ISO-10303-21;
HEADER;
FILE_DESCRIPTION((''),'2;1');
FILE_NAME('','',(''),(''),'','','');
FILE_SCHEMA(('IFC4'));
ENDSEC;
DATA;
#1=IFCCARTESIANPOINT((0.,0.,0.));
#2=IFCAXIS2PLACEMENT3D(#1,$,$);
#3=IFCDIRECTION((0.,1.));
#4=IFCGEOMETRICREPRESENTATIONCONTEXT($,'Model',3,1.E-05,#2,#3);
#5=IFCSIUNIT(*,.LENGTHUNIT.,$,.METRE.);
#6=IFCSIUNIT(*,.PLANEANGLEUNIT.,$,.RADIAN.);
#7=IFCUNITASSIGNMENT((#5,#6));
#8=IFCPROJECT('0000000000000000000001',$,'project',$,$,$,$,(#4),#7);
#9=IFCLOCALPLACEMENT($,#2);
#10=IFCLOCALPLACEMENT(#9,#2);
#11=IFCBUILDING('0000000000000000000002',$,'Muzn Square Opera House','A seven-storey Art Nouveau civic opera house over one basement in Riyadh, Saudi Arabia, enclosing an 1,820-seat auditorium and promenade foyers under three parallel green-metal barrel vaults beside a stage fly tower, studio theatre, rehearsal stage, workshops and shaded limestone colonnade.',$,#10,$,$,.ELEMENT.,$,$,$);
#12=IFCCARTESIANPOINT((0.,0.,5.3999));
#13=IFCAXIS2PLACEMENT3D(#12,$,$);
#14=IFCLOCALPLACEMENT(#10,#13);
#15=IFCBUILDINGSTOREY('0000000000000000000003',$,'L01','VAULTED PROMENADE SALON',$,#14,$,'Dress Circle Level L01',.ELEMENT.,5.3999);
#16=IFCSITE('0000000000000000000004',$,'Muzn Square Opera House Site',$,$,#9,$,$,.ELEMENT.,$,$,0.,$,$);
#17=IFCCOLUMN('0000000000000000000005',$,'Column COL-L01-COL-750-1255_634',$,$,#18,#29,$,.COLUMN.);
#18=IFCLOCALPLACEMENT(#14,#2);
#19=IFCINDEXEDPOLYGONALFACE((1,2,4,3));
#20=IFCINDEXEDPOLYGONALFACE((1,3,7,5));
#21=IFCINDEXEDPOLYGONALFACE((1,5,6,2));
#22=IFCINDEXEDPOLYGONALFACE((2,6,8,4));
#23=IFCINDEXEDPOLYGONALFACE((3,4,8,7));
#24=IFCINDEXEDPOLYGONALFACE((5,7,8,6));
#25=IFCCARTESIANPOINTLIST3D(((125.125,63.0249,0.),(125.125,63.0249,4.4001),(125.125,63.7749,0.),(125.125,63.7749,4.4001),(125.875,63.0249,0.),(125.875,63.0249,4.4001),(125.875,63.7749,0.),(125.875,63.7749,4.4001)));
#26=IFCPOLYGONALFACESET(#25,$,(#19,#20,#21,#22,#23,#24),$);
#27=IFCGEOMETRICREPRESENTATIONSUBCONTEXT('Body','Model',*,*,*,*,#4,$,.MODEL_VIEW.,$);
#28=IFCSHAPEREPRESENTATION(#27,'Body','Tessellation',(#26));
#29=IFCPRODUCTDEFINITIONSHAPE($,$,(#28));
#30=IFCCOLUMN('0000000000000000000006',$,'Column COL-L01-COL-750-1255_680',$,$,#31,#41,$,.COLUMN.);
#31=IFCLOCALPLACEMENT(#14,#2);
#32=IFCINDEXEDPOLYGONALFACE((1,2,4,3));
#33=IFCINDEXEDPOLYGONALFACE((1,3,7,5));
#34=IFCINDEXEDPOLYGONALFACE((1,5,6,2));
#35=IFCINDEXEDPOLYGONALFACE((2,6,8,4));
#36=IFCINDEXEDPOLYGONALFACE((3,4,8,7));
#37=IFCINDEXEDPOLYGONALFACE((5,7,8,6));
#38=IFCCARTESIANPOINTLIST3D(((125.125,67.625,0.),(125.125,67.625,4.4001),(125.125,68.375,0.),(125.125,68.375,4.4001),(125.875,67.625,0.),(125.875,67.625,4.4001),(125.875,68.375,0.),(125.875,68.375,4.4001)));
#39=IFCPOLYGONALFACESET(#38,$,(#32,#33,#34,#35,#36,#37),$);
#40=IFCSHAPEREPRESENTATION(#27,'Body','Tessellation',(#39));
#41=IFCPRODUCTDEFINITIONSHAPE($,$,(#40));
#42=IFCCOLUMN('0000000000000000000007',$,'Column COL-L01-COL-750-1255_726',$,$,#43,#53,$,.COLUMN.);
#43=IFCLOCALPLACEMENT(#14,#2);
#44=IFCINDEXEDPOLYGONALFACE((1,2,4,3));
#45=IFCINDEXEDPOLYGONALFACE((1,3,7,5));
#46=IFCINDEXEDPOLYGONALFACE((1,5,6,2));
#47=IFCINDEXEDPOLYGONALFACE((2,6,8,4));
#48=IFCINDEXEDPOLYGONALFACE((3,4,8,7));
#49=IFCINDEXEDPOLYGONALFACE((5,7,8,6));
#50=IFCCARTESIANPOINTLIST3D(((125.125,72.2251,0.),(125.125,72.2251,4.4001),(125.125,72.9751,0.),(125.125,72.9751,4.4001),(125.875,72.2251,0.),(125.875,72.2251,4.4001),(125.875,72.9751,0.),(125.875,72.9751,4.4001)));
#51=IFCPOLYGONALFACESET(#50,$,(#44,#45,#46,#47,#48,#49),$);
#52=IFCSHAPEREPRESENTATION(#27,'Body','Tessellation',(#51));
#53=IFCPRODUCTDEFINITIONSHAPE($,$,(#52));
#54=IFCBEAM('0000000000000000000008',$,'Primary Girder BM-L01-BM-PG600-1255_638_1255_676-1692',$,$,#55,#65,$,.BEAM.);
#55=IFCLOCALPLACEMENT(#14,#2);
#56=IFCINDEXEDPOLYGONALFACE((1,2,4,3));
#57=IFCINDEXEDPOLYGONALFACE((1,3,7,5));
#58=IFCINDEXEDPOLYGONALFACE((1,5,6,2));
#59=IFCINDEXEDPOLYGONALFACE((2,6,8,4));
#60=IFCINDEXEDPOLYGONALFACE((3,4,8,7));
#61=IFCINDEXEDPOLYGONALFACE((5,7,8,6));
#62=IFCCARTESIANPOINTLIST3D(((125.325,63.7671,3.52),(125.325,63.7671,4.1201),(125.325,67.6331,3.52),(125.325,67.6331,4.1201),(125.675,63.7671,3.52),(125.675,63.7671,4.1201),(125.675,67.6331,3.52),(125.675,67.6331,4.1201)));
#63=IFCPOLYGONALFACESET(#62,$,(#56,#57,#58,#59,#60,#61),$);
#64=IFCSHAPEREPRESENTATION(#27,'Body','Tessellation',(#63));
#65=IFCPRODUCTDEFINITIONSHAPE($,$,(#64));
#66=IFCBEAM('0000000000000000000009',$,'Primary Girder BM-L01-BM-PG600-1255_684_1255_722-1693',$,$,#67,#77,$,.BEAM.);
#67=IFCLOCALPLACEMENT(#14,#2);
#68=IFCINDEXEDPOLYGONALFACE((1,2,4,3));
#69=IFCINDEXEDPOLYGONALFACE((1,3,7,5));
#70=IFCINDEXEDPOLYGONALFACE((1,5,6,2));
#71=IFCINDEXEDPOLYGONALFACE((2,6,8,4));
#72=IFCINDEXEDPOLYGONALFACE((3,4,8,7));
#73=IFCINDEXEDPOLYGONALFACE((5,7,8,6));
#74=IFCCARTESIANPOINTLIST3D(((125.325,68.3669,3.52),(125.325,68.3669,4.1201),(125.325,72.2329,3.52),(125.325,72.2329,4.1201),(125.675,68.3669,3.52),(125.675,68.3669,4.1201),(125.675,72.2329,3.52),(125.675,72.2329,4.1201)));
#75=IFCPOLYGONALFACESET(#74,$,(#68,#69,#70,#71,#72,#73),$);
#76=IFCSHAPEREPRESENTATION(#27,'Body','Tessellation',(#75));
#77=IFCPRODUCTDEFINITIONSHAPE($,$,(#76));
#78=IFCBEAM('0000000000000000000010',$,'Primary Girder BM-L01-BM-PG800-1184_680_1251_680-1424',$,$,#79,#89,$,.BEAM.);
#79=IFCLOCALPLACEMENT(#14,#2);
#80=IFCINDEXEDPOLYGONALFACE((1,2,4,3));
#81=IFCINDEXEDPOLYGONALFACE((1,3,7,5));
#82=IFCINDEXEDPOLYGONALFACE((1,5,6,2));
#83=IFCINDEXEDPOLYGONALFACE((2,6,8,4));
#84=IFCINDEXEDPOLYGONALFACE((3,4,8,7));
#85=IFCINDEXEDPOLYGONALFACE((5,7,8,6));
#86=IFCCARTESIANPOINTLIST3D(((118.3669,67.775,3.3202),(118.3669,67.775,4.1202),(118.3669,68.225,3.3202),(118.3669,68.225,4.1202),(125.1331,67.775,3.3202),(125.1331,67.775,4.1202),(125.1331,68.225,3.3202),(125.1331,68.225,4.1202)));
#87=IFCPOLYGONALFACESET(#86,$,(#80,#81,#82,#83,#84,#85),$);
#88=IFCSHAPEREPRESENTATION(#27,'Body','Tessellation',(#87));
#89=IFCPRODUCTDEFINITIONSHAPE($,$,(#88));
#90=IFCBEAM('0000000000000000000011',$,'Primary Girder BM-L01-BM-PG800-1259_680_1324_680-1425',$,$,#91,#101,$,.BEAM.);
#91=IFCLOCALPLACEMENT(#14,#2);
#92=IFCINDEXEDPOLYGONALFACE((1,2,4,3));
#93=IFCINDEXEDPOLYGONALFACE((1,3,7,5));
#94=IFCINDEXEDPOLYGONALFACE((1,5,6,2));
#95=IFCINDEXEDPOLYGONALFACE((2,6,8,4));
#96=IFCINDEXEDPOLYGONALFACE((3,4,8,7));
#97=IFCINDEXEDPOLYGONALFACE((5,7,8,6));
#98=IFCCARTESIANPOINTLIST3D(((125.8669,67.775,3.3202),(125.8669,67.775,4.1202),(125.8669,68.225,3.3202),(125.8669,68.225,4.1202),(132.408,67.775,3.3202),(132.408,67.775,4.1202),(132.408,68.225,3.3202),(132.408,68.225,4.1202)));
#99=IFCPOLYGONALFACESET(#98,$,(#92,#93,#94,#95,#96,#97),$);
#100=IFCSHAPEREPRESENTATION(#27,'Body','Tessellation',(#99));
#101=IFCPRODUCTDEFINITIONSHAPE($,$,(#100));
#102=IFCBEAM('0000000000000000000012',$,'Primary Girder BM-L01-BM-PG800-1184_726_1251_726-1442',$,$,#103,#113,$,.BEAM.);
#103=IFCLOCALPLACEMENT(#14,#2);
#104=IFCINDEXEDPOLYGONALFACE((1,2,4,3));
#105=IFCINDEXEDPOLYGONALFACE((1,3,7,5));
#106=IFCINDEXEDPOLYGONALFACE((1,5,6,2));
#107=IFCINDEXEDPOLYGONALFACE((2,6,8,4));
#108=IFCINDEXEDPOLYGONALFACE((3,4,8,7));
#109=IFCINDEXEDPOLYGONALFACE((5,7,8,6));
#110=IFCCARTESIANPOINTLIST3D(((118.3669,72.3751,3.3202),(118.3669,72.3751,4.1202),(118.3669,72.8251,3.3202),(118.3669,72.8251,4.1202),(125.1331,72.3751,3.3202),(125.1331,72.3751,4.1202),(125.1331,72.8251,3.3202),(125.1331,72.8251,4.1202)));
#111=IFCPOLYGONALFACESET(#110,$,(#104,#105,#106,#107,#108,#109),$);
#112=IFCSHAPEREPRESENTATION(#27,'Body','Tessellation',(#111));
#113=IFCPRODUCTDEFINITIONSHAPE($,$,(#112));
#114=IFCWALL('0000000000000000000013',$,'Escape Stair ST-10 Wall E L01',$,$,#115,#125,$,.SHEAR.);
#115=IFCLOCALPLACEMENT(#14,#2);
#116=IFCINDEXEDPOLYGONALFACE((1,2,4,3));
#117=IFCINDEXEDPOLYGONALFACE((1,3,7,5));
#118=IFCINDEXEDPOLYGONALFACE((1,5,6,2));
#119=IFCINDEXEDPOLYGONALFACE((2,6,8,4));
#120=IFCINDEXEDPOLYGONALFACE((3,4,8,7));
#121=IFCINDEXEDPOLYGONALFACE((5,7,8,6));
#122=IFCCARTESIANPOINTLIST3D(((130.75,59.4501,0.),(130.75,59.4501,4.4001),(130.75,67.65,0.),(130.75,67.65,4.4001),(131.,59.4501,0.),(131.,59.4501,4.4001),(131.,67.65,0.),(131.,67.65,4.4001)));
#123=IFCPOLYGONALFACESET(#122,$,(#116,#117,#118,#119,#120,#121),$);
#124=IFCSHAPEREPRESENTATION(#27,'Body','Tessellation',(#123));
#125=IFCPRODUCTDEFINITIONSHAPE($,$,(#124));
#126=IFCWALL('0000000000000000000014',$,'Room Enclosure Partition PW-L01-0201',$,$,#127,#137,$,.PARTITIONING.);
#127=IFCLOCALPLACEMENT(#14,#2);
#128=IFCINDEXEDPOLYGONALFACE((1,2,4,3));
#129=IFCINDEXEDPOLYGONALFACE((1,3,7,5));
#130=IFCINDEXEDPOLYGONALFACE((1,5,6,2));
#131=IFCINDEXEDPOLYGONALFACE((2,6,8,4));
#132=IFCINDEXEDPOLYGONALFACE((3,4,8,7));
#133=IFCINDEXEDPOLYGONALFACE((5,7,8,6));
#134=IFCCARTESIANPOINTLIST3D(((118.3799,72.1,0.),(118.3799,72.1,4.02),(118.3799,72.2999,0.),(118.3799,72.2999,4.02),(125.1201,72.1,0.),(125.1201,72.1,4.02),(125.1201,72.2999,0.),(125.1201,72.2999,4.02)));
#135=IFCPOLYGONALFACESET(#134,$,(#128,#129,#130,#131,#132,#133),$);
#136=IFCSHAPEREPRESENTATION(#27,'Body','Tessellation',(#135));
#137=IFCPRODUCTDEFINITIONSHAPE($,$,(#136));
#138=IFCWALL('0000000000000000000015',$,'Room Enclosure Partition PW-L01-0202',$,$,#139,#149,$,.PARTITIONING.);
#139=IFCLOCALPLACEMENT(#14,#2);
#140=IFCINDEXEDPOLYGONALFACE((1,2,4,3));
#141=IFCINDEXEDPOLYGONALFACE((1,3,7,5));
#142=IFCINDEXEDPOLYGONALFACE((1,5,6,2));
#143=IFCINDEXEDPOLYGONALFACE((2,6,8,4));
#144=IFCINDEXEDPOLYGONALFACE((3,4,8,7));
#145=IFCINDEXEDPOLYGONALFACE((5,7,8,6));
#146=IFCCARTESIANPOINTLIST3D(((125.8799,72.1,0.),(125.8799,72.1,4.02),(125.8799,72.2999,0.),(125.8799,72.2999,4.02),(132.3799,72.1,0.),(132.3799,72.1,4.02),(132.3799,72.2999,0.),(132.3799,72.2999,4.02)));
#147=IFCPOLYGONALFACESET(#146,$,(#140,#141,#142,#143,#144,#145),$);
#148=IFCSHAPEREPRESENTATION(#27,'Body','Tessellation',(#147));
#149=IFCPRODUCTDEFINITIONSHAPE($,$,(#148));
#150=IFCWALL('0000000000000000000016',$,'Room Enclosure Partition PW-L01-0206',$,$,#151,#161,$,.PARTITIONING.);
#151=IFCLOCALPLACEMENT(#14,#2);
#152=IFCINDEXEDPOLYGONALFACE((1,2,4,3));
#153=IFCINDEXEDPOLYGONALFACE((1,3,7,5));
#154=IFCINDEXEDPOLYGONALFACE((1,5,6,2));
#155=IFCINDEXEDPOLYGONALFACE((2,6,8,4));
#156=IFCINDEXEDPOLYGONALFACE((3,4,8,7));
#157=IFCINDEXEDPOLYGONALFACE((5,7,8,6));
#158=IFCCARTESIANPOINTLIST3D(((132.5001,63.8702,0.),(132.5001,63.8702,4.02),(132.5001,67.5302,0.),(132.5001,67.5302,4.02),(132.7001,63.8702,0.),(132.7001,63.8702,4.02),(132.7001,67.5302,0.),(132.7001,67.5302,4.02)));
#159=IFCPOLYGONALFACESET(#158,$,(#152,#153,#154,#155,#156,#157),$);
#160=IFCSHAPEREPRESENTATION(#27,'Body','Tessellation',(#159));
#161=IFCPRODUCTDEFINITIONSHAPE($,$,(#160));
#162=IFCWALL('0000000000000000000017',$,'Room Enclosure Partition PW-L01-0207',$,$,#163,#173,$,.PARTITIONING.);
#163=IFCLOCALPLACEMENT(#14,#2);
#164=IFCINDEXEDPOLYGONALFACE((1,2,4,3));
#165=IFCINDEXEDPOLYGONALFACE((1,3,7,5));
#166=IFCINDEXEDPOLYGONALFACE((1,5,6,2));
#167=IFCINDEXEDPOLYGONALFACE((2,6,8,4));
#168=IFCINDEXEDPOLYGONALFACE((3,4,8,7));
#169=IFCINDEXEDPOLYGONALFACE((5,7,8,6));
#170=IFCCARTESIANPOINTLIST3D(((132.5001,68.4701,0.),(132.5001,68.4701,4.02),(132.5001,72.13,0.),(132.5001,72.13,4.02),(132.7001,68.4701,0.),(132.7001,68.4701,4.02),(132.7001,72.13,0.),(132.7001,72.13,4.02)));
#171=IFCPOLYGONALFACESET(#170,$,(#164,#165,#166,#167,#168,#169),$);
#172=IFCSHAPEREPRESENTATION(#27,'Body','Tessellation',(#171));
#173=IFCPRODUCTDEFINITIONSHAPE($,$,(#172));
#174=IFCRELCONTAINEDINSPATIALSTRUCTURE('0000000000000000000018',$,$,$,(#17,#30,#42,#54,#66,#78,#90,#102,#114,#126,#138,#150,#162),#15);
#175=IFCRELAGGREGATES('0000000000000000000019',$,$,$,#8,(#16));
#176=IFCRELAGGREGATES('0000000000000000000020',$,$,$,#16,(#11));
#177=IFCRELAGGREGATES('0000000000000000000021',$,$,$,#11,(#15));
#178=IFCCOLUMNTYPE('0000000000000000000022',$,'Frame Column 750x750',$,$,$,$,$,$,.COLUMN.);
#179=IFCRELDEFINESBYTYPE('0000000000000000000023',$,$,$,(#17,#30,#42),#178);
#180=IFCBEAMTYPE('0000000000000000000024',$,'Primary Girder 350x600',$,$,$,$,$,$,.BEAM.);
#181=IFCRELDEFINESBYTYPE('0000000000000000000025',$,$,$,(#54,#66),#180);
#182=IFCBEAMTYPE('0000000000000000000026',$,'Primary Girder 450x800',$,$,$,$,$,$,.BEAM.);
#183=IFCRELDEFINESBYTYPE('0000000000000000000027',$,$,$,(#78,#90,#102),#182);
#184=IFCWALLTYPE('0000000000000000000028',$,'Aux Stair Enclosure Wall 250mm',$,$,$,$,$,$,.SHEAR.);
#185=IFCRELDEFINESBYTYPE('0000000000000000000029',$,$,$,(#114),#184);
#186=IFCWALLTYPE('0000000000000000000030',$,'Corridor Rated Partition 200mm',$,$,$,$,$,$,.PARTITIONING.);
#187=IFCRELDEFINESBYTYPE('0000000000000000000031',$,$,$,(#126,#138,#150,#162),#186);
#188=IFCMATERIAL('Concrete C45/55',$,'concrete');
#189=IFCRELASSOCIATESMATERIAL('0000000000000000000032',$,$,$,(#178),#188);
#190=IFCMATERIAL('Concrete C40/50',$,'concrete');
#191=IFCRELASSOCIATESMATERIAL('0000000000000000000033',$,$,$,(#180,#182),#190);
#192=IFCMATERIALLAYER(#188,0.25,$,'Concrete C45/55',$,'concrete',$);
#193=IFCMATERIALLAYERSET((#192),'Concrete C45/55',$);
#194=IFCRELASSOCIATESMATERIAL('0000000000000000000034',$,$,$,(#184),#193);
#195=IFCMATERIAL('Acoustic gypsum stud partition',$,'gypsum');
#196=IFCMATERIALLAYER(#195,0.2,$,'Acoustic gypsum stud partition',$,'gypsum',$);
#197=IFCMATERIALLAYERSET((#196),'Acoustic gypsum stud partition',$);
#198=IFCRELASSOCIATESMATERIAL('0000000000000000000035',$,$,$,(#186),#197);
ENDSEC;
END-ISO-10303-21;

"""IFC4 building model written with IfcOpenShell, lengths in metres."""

from ifc_helpers import new_model, si_unit, direction, frame, frame_2d, origin, origin_2d, place, context, subcontext, project, spatial, rectangle, extrude, material, layer, layer_set, material_profile, profile_set, type_object, element, save


model = new_model("IFC4")

# Units and contexts
model_context = context("Model", 3, precision=1e-05, world=origin(), true_north=direction((0.0, 1.0)))
body_context = subcontext(model_context, "Body", "Model", "MODEL_VIEW")
ifc_project = project(units=[si_unit("LENGTHUNIT", "METRE"), si_unit("PLANEANGLEUNIT", "RADIAN")], contexts=[model_context])

# Site, building, storey
site_placement = place(None, origin())
site = spatial("IfcSite", under=ifc_project, at=site_placement, Name="Muzn Square Opera House Site", CompositionType="ELEMENT", RefElevation=0.0)
building_placement = place(site_placement, origin())
building = spatial("IfcBuilding", under=site, at=building_placement, Name="Muzn Square Opera House", Description="A seven-storey Art Nouveau civic opera house over one basement in Riyadh, Saudi Arabia, enclosing an 1,820-seat auditorium and promenade foyers under three parallel green-metal barrel vaults beside a stage fly tower, studio theatre, rehearsal stage, workshops and shaded limestone colonnade.", CompositionType="ELEMENT")
storey_placement = place(building_placement, frame((0.0, 0.0, 5.3999)))
storey = spatial("IfcBuildingStorey", under=building, at=storey_placement, Name="L01", Description="VAULTED PROMENADE SALON", LongName="Dress Circle Level L01", CompositionType="ELEMENT", Elevation=5.3999)

# Columns
ifc_material_1 = material(Name="Concrete C45/55", Category="concrete")
ifc_material_profile_1 = material_profile(ifc_material_1, rectangle(XDim=0.75, YDim=0.75, at=origin_2d()), Name="RC 750x750", Category="concrete")
ifc_profile_set_1 = profile_set([ifc_material_profile_1], Name="Concrete C45/55")
column_type = type_object("IfcColumnType", Name="Frame Column 750x750", PredefinedType="COLUMN", material=ifc_profile_set_1)
for number, where, z_axis, x_axis, name in (
    (1, (125.5, 63.3999, 0.0), (0.0, 0.0, 1.0), (1.0, 0.0, 0.0), "Column COL-L01-COL-750-1255_634"),
    (2, (125.5, 68.0, 0.0), (0.0, 0.0, 1.0), (1.0, 0.0, 0.0), "Column COL-L01-COL-750-1255_680"),
    (3, (125.5, 72.6001, 0.0), (0.0, 0.0, 1.0), (1.0, 0.0, 0.0), "Column COL-L01-COL-750-1255_726"),
):
    element("IfcColumn", number, at=place(storey_placement, frame(where, z_axis=z_axis, x_axis=x_axis)), inside=storey, type_object=column_type, Name=name, PredefinedType="COLUMN", context=body_context, shape_type="SweptSolid", body=[
        extrude(rectangle(XDim=0.75, YDim=0.75, at=origin_2d()), origin(), (0.0, 0.0, 1.0), 4.4001),
    ])

# Beams
ifc_material_2 = material(Name="Concrete C40/50", Category="concrete")
ifc_material_profile_2 = material_profile(ifc_material_2, rectangle(XDim=0.3501, YDim=0.6001, at=origin_2d()), Name="RCB 350x600", Category="concrete")
ifc_profile_set_2 = profile_set([ifc_material_profile_2], Name="Concrete C40/50")
beam_type_1 = type_object("IfcBeamType", Name="Primary Girder 350x600", PredefinedType="BEAM", material=ifc_profile_set_2)
for number, where, z_axis, x_axis, name in (
    (4, (125.5, 63.7671, 3.8201), (0.0, 1.0, 0.0), (-1.0, 0.0, 0.0), "Primary Girder BM-L01-BM-PG600-1255_638_1255_676-1692"),
    (5, (125.5, 68.3669, 3.8201), (0.0, 1.0, 0.0), (-1.0, 0.0, 0.0), "Primary Girder BM-L01-BM-PG600-1255_684_1255_722-1693"),
):
    element("IfcBeam", number, at=place(storey_placement, frame(where, z_axis=z_axis, x_axis=x_axis)), inside=storey, type_object=beam_type_1, Name=name, PredefinedType="BEAM", context=body_context, shape_type="SweptSolid", body=[
        extrude(rectangle(XDim=0.3501, YDim=0.6001, at=origin_2d()), origin(), (0.0, 0.0, 1.0), 3.866),
    ])
ifc_material_profile_3 = material_profile(ifc_material_2, rectangle(XDim=0.45, YDim=0.8, at=origin_2d()), Name="RCB 450x800", Category="concrete")
ifc_profile_set_3 = profile_set([ifc_material_profile_3], Name="Concrete C40/50")
beam_type_2 = type_object("IfcBeamType", Name="Primary Girder 450x800", PredefinedType="BEAM", material=ifc_profile_set_3)
beam_1_placement = place(storey_placement, frame((118.3669, 68.0, 3.7202), z_axis=(1.0, 0.0, 0.0), x_axis=(0.0, 1.0, 0.0)))
element("IfcBeam", 6, at=beam_1_placement, inside=storey, type_object=beam_type_2, Name="Primary Girder BM-L01-BM-PG800-1184_680_1251_680-1424", PredefinedType="BEAM", context=body_context, shape_type="SweptSolid", body=[
    extrude(rectangle(XDim=0.45, YDim=0.8, at=origin_2d()), origin(), (0.0, 0.0, 1.0), 6.7661),
])
beam_2_placement = place(storey_placement, frame((125.8669, 68.0, 3.7202), z_axis=(1.0, 0.0, 0.0), x_axis=(0.0, 1.0, 0.0)))
element("IfcBeam", 7, at=beam_2_placement, inside=storey, type_object=beam_type_2, Name="Primary Girder BM-L01-BM-PG800-1259_680_1324_680-1425", PredefinedType="BEAM", context=body_context, shape_type="SweptSolid", body=[
    extrude(rectangle(XDim=0.45, YDim=0.8, at=origin_2d()), origin(), (0.0, 0.0, 1.0), 6.541),
])
beam_3_placement = place(storey_placement, frame((118.3669, 72.6001, 3.7202), z_axis=(1.0, 0.0, 0.0), x_axis=(0.0, 1.0, 0.0)))
element("IfcBeam", 8, at=beam_3_placement, inside=storey, type_object=beam_type_2, Name="Primary Girder BM-L01-BM-PG800-1184_726_1251_726-1442", PredefinedType="BEAM", context=body_context, shape_type="SweptSolid", body=[
    extrude(rectangle(XDim=0.45, YDim=0.8, at=origin_2d()), origin(), (0.0, 0.0, 1.0), 6.7661),
])

# Wall
ifc_layer_1 = layer(ifc_material_1, 0.25, Name="Concrete C45/55", Category="concrete")
ifc_layer_set_1 = layer_set([ifc_layer_1], Name="Concrete C45/55")
wall_type_1 = type_object("IfcWallType", Name="Aux Stair Enclosure Wall 250mm", PredefinedType="SHEAR", material=ifc_layer_set_1)
wall_1_placement = place(storey_placement, frame((130.875, 59.45, 0.0), z_axis=(0.0, 0.0, 1.0), x_axis=(0.0, 1.0, 0.0)))
element("IfcWall", 9, at=wall_1_placement, inside=storey, type_object=wall_type_1, Name="Escape Stair ST-10 Wall E L01", PredefinedType="SHEAR", context=body_context, shape_type="SweptSolid", body=[
    extrude(rectangle(XDim=8.2, YDim=0.25, at=frame_2d((4.1001, 0.0))), origin(), (0.0, 0.0, 1.0), 4.4001),
])

# Walls
ifc_material_3 = material(Name="Acoustic gypsum stud partition", Category="gypsum")
ifc_layer_2 = layer(ifc_material_3, 0.2, Name="Acoustic gypsum stud partition", Category="gypsum")
ifc_layer_set_2 = layer_set([ifc_layer_2], Name="Acoustic gypsum stud partition")
wall_type_2 = type_object("IfcWallType", Name="Corridor Rated Partition 200mm", PredefinedType="PARTITIONING", material=ifc_layer_set_2)
wall_2_placement = place(storey_placement, frame((118.3799, 72.2, 0.0), z_axis=(0.0, 0.0, 1.0), x_axis=(1.0, 0.0, 0.0)))
element("IfcWall", 10, at=wall_2_placement, inside=storey, type_object=wall_type_2, Name="Room Enclosure Partition PW-L01-0201", PredefinedType="PARTITIONING", context=body_context, shape_type="SweptSolid", body=[
    extrude(rectangle(XDim=6.7402, YDim=0.2, at=frame_2d((3.3701, 0.0))), origin(), (0.0, 0.0, 1.0), 4.02),
])
wall_3_placement = place(storey_placement, frame((125.8799, 72.2, 0.0), z_axis=(0.0, 0.0, 1.0), x_axis=(1.0, 0.0, 0.0)))
element("IfcWall", 11, at=wall_3_placement, inside=storey, type_object=wall_type_2, Name="Room Enclosure Partition PW-L01-0202", PredefinedType="PARTITIONING", context=body_context, shape_type="SweptSolid", body=[
    extrude(rectangle(XDim=6.5, YDim=0.2, at=frame_2d((3.25, 0.0))), origin(), (0.0, 0.0, 1.0), 4.02),
])
for number, where, z_axis, x_axis, name in (
    (12, (132.6001, 63.8701, 0.0), (0.0, 0.0, 1.0), (0.0, 1.0, 0.0), "Room Enclosure Partition PW-L01-0206"),
    (13, (132.6001, 68.47, 0.0), (0.0, 0.0, 1.0), (0.0, 1.0, 0.0), "Room Enclosure Partition PW-L01-0207"),
):
    element("IfcWall", number, at=place(storey_placement, frame(where, z_axis=z_axis, x_axis=x_axis)), inside=storey, type_object=wall_type_2, Name=name, PredefinedType="PARTITIONING", context=body_context, shape_type="SweptSolid", body=[
        extrude(rectangle(XDim=3.6599, YDim=0.2, at=frame_2d((1.8301, 0.0))), origin(), (0.0, 0.0, 1.0), 4.02),
    ])

save(model, "model.ifc")
